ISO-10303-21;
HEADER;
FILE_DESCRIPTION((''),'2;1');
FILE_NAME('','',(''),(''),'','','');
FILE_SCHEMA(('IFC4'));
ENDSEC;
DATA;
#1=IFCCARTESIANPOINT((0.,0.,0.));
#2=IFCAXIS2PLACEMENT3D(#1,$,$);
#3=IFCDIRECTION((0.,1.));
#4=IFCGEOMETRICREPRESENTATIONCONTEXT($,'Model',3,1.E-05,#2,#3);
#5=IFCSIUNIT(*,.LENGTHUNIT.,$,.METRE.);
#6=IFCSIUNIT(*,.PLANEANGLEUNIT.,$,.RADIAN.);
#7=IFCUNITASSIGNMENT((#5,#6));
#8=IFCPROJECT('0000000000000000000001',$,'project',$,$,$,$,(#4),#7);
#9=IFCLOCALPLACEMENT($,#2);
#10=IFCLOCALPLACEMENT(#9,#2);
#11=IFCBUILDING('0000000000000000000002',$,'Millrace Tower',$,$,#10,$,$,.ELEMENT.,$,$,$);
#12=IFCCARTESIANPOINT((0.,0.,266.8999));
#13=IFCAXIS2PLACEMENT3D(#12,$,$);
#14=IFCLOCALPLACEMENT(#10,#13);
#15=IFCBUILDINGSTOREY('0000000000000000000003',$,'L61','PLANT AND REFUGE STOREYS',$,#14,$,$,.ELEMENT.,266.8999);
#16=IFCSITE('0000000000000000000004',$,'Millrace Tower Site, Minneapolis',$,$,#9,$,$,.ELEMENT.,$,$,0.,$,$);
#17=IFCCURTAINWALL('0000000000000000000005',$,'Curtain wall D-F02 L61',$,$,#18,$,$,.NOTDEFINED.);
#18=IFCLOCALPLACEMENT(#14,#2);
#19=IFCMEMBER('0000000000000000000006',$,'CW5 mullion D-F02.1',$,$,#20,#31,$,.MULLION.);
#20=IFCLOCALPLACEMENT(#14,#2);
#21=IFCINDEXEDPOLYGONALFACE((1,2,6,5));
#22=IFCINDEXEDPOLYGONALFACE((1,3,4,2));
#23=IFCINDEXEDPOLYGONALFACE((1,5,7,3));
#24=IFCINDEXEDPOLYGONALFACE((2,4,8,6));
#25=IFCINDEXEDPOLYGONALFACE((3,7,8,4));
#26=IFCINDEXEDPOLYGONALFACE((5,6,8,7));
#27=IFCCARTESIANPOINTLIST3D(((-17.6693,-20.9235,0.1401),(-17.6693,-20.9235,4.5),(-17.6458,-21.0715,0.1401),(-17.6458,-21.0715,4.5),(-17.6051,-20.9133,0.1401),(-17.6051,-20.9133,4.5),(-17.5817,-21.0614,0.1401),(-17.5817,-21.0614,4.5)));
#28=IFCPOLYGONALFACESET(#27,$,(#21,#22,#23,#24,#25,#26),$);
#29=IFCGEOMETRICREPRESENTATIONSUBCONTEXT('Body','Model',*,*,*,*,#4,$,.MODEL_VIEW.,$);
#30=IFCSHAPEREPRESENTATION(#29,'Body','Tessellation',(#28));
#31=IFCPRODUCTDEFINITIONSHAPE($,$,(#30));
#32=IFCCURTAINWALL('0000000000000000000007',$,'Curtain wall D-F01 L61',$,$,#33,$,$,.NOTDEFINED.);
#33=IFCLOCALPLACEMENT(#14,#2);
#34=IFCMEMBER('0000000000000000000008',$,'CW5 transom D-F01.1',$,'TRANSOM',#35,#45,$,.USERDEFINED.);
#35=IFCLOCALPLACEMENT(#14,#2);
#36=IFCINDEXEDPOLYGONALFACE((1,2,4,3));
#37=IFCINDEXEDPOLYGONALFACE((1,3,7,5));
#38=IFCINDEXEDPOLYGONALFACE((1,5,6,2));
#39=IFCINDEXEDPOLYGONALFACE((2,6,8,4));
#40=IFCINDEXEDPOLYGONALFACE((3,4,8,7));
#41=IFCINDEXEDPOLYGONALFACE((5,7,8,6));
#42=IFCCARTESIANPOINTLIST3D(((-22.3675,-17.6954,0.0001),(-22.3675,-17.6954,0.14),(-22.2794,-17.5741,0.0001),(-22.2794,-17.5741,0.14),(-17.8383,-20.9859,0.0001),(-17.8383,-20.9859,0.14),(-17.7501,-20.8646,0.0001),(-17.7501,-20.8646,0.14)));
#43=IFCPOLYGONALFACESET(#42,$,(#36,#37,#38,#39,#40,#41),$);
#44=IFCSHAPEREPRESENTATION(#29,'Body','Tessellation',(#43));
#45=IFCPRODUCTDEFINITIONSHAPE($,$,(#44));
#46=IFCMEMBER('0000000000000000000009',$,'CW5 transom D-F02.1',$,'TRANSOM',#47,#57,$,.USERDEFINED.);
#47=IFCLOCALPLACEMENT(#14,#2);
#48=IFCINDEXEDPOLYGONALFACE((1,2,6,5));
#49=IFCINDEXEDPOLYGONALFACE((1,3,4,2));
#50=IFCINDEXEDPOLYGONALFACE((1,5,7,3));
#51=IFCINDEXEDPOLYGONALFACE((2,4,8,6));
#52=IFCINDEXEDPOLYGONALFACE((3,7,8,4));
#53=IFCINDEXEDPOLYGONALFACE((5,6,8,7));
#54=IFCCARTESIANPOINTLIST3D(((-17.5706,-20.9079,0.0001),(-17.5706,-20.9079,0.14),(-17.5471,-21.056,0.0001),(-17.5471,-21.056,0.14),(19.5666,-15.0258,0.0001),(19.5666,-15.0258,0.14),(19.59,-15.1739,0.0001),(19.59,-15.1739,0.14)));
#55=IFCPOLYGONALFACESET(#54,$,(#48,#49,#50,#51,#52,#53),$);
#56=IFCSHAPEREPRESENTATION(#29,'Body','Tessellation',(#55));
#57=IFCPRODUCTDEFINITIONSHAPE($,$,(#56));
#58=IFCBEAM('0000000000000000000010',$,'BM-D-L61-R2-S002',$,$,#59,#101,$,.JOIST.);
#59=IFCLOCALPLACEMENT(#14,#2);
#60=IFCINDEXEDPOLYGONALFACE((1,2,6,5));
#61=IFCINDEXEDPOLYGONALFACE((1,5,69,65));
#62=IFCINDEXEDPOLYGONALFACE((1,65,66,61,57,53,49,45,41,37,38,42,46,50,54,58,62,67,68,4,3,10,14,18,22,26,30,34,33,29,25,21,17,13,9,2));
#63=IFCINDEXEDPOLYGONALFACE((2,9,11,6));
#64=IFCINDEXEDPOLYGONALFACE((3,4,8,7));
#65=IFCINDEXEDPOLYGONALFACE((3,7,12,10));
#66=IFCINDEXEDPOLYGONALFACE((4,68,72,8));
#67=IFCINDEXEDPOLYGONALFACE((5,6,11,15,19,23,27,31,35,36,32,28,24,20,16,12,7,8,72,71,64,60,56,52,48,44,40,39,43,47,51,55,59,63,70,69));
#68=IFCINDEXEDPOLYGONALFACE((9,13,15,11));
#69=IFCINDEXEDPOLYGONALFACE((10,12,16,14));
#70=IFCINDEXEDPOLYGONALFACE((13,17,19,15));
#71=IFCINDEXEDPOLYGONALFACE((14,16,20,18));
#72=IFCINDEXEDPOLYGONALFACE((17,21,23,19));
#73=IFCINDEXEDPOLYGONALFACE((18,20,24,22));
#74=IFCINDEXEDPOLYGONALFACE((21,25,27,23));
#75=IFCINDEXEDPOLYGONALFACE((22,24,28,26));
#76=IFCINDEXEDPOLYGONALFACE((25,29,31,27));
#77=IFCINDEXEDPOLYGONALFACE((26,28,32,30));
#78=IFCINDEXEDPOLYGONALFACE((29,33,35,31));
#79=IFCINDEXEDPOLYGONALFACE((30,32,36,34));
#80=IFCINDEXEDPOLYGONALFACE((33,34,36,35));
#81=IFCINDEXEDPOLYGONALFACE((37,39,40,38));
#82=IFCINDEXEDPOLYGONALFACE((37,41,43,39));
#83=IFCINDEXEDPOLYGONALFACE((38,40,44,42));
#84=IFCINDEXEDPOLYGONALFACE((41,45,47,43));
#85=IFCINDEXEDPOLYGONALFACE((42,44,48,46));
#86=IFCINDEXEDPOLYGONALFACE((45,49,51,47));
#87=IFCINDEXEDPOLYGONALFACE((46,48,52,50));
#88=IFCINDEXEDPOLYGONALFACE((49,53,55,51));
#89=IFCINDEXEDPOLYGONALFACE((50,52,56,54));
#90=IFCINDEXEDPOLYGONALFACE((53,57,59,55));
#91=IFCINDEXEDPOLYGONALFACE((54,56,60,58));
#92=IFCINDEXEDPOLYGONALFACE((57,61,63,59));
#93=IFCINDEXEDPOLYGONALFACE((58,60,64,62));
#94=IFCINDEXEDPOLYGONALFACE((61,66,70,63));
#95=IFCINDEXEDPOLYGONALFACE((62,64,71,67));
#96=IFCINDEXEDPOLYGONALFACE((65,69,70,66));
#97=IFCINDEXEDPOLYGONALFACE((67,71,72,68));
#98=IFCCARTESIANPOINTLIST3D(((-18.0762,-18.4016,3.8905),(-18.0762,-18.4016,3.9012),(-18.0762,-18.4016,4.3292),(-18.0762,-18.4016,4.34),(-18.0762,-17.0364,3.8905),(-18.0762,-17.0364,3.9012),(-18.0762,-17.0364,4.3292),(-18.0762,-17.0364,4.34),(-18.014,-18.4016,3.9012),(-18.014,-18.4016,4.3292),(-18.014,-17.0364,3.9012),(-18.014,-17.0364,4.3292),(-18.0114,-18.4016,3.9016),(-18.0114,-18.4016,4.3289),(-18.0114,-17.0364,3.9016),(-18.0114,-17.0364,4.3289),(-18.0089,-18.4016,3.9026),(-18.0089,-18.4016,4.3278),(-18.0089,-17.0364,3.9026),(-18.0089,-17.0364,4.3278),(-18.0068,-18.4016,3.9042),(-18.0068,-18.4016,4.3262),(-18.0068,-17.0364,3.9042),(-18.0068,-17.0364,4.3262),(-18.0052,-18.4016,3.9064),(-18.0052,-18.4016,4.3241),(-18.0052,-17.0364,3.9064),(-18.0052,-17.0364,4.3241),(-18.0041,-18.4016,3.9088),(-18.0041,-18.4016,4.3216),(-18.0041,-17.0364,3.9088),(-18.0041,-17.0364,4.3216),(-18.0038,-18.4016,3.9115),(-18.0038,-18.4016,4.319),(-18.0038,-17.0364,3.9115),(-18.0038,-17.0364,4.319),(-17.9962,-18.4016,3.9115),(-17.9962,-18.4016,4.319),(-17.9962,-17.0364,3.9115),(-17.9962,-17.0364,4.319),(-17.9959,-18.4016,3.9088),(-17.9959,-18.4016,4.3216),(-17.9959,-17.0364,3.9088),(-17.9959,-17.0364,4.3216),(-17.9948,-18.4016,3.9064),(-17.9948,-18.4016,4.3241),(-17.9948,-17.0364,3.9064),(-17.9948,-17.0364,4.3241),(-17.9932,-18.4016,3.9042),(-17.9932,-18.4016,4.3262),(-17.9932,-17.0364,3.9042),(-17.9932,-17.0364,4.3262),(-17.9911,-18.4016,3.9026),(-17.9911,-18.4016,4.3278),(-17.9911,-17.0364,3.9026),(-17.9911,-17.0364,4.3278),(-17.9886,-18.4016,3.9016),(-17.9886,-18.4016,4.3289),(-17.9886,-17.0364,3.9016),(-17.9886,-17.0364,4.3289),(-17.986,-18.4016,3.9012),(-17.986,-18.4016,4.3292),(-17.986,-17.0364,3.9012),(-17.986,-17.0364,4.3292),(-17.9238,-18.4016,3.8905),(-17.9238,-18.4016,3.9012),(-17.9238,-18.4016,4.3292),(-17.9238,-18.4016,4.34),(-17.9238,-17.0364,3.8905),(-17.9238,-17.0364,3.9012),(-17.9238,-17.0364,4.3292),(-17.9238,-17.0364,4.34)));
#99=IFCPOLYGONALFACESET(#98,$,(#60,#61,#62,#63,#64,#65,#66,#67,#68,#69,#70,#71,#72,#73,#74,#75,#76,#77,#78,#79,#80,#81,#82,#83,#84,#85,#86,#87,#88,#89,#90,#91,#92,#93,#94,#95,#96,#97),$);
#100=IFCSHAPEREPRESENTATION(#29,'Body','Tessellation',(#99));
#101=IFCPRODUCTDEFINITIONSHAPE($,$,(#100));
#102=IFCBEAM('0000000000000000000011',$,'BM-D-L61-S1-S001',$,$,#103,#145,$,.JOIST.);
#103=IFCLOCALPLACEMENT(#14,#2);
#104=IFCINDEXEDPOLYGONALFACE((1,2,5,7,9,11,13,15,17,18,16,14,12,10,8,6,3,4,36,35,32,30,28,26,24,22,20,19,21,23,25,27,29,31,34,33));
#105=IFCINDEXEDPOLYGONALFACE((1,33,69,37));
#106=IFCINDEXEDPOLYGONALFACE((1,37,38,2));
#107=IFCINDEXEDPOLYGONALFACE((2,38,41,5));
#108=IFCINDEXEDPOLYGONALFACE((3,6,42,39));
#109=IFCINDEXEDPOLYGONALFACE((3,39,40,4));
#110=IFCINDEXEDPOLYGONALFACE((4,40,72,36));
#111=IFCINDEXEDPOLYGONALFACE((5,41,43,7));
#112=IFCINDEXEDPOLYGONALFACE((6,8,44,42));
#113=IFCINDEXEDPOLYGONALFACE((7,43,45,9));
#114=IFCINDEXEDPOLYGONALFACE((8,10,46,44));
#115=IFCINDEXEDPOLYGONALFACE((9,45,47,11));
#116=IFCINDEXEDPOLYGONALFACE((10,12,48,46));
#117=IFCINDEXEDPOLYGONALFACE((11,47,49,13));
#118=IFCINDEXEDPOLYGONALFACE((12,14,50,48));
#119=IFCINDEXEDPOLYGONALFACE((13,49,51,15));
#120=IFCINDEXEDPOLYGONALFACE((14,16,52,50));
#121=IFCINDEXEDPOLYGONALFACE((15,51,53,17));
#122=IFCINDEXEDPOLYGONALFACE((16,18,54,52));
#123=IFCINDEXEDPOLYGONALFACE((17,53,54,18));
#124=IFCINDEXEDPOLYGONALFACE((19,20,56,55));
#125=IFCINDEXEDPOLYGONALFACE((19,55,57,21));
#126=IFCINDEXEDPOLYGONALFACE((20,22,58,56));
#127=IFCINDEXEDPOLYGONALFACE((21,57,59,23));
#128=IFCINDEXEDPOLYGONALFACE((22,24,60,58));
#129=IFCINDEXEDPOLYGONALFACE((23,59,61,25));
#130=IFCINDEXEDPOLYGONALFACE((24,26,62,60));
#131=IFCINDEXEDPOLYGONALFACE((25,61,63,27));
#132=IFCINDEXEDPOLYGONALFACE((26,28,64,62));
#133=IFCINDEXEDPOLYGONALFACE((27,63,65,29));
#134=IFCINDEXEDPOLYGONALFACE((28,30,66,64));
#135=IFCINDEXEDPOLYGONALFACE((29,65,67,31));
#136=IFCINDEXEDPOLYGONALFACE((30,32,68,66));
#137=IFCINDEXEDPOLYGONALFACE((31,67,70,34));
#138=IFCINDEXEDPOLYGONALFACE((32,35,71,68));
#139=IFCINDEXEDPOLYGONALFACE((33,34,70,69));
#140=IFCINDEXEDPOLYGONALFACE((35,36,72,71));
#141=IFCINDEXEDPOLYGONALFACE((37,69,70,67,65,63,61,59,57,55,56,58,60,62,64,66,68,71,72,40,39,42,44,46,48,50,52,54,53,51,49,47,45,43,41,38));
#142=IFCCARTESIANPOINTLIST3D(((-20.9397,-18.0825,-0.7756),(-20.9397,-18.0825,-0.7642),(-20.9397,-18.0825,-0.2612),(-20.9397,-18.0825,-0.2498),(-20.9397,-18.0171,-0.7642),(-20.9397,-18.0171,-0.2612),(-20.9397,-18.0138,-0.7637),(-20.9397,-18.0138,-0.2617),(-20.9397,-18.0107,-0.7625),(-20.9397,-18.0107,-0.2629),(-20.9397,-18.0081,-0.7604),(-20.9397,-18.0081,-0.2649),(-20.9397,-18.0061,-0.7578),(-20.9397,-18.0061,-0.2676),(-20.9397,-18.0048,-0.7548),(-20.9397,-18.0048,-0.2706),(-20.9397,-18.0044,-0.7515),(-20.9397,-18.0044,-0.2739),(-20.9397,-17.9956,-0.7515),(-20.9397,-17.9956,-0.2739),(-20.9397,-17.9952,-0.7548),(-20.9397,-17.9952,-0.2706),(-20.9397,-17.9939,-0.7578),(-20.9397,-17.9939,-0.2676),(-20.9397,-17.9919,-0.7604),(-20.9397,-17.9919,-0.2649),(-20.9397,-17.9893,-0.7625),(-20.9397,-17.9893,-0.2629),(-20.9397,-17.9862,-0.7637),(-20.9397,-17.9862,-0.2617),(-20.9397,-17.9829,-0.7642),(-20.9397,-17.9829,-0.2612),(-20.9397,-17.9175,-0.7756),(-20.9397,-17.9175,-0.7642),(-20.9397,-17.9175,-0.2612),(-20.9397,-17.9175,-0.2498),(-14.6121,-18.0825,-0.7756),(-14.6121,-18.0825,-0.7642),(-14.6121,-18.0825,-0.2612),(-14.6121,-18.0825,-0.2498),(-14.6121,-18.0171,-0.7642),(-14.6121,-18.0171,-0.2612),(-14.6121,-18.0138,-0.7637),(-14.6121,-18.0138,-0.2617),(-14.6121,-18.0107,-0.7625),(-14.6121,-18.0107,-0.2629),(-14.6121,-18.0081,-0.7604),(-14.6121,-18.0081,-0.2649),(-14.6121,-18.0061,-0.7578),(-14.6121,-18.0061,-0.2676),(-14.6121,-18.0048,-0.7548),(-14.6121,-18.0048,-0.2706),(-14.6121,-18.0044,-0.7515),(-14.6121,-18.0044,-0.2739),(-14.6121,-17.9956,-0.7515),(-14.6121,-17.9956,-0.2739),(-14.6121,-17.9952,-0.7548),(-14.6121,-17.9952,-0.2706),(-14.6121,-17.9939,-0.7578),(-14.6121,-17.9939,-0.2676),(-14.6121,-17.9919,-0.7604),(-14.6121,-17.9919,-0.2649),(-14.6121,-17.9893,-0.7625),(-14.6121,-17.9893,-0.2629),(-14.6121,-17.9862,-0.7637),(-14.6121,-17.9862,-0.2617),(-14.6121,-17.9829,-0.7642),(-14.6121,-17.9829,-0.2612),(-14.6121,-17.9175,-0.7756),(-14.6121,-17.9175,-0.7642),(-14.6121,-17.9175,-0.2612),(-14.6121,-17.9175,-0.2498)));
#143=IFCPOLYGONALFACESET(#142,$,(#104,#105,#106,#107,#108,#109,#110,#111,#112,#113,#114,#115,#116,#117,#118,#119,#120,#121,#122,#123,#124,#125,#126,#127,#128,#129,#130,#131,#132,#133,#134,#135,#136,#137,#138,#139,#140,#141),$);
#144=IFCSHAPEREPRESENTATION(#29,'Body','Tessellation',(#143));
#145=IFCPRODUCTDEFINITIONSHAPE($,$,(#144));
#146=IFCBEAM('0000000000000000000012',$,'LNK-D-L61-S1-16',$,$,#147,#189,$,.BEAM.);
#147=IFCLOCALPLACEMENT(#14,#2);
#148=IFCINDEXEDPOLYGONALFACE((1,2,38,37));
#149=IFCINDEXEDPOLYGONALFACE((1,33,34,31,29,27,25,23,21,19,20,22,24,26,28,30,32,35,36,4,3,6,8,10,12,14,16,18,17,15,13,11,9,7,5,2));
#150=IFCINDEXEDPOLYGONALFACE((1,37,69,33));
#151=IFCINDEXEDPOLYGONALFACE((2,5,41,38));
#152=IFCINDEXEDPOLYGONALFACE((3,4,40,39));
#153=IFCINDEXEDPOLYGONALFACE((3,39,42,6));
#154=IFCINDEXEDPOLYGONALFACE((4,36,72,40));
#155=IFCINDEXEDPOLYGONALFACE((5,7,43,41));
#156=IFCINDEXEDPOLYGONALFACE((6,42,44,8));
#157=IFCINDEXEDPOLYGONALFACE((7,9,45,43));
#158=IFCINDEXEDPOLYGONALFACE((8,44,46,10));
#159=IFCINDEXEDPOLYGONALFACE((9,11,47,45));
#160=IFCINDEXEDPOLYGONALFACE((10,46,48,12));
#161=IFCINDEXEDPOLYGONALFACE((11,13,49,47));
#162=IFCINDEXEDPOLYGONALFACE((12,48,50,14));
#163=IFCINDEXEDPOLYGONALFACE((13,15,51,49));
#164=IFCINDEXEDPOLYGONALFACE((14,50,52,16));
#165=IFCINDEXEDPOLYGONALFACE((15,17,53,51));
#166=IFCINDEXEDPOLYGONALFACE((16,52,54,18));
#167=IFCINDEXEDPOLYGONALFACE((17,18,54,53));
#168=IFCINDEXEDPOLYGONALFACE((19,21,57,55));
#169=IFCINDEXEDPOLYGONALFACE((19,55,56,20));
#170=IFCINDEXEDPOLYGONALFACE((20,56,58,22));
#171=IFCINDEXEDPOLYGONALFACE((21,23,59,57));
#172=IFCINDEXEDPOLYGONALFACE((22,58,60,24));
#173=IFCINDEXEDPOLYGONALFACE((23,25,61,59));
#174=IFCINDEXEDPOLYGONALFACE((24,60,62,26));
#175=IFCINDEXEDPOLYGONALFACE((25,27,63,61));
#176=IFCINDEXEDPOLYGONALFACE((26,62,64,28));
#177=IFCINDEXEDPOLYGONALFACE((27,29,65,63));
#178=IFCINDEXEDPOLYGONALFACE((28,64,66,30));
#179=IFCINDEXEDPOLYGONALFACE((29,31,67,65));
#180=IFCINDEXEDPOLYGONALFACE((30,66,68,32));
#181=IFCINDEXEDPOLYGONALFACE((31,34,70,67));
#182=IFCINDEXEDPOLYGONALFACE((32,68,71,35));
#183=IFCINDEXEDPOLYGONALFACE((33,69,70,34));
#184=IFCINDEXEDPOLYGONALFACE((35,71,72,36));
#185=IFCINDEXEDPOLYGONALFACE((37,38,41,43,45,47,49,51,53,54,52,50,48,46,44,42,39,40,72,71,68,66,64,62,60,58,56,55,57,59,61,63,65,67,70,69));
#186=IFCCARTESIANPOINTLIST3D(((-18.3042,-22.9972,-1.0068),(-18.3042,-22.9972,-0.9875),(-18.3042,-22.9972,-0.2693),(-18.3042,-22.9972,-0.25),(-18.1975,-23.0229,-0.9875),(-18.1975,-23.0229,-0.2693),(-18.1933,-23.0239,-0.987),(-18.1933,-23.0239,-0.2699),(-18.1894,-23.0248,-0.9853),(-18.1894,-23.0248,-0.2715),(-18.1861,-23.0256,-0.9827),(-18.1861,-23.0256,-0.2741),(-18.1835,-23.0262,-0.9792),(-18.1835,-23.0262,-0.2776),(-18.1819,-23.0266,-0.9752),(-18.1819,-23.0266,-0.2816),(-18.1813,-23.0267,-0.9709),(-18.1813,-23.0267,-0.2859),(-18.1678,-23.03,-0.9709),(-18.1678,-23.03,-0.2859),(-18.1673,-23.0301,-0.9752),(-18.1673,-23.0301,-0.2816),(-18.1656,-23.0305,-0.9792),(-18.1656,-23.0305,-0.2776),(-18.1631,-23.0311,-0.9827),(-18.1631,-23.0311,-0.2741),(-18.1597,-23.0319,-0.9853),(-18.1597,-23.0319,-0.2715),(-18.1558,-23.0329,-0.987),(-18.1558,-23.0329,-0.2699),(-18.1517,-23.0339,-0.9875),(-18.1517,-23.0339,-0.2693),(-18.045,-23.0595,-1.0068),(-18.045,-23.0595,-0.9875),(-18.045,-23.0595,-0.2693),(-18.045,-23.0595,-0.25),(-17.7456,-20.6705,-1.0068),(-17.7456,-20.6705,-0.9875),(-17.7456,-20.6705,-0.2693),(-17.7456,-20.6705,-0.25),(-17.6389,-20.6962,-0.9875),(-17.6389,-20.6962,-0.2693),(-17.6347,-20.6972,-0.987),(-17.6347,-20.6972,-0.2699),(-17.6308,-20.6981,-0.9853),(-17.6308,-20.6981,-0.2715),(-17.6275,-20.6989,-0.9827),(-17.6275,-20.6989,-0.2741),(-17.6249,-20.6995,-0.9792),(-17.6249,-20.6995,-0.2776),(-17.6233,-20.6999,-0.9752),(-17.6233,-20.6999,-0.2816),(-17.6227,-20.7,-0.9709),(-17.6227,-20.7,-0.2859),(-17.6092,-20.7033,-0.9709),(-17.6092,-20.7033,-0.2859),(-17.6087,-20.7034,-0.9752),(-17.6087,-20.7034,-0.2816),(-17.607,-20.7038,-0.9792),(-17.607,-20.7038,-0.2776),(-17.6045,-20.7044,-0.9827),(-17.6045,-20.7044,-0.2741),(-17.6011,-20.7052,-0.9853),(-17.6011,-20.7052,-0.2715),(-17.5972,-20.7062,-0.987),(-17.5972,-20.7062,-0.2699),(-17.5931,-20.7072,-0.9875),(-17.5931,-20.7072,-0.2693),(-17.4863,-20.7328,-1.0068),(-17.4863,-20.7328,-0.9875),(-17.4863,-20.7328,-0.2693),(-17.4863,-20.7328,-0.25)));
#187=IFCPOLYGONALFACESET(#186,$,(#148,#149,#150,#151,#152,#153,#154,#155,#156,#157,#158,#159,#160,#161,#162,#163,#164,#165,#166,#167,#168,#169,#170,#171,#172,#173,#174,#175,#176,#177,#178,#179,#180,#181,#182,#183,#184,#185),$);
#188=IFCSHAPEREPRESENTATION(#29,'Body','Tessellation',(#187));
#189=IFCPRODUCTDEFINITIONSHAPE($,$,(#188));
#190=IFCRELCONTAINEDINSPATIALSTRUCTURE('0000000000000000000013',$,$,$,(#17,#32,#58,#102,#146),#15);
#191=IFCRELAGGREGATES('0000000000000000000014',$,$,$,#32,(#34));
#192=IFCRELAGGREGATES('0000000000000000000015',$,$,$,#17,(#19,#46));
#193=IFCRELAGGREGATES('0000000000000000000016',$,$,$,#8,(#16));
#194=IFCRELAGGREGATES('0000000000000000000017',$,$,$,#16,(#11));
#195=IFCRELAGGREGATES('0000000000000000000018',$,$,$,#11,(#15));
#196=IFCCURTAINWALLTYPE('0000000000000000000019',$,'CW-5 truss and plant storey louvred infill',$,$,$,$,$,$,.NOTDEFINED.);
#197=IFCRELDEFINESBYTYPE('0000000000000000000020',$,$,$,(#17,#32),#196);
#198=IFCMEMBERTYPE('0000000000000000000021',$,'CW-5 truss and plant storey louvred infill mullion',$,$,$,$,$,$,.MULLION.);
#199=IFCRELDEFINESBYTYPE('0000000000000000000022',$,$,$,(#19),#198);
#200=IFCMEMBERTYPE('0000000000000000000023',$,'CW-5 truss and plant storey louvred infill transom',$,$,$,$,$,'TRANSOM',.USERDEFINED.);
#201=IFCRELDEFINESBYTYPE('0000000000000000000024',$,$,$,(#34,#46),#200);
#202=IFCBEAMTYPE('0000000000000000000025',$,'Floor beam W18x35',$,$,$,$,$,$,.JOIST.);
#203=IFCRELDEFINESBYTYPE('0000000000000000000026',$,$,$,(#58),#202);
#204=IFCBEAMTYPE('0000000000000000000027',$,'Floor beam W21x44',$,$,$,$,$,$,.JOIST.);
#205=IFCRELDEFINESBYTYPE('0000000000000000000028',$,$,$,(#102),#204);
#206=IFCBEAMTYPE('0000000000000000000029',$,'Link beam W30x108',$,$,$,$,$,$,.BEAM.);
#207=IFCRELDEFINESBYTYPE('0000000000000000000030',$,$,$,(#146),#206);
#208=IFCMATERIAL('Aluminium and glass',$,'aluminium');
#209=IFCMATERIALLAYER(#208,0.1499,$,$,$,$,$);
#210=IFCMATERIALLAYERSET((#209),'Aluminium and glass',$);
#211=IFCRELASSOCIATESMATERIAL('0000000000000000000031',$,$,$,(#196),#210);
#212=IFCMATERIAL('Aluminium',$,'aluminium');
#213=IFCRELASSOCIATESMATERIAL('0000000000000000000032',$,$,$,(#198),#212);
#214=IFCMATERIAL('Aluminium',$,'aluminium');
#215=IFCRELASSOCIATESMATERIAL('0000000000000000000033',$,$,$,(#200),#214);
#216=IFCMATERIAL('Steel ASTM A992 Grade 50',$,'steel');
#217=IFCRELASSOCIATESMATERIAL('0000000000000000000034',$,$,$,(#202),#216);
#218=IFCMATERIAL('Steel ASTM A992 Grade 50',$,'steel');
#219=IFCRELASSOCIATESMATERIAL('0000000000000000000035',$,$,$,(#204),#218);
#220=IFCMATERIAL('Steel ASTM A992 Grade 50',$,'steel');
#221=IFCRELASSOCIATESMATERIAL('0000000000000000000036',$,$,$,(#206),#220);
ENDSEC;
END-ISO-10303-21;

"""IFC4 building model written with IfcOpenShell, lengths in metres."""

from ifc_helpers import new_model, si_unit, direction, frame, origin, origin_2d, place, context, subcontext, project, spatial, rectangle, i_section, extrude, material, layer, layer_set, material_profile, profile_set, type_object, element, aggregate, save


model = new_model("IFC4")

# Units and contexts
model_context = context("Model", 3, precision=1e-05, world=origin(), true_north=direction((0.0, 1.0)))
body_context = subcontext(model_context, "Body", "Model", "MODEL_VIEW")
ifc_project = project(units=[si_unit("LENGTHUNIT", "METRE"), si_unit("PLANEANGLEUNIT", "RADIAN")], contexts=[model_context])

# Site, building, storey
site_placement = place(None, origin())
site = spatial("IfcSite", under=ifc_project, at=site_placement, Name="Millrace Tower Site, Minneapolis", CompositionType="ELEMENT", RefElevation=0.0)
building_placement = place(site_placement, origin())
building = spatial("IfcBuilding", under=site, at=building_placement, Name="Millrace Tower", CompositionType="ELEMENT")
storey_placement = place(building_placement, frame((0.0, 0.0, 266.8999)))
storey = spatial("IfcBuildingStorey", under=building, at=storey_placement, Name="L61", Description="PLANT AND REFUGE STOREYS", CompositionType="ELEMENT", Elevation=266.8999)

# Curtain walls, members
ifc_material_1 = material(Name="Aluminium and glass", Category="aluminium")
ifc_layer_1 = layer(ifc_material_1, 0.1499)
ifc_layer_set_1 = layer_set([ifc_layer_1], Name="Aluminium and glass")
curtain_wall_type = type_object("IfcCurtainWallType", Name="CW-5 truss and plant storey louvred infill", PredefinedType="NOTDEFINED", material=ifc_layer_set_1)
placement = place(storey_placement, origin())
curtain_wall_1 = element("IfcCurtainWall", 1, at=placement, inside=storey, type_object=curtain_wall_type, Name="Curtain wall D-F02 L61", PredefinedType="NOTDEFINED")
ifc_material_2 = material(Name="Aluminium", Category="aluminium")
ifc_material_profile_1 = material_profile(ifc_material_2, rectangle(XDim=0.0649, YDim=0.1499, at=origin_2d()))
ifc_profile_set_1 = profile_set([ifc_material_profile_1], Name="Aluminium")
member_type_1 = type_object("IfcMemberType", Name="CW-5 truss and plant storey louvred infill mullion", PredefinedType="MULLION", material=ifc_profile_set_1)
member_1_placement = place(storey_placement, frame((-17.6255, -20.9924, 0.1401), z_axis=(0.0, 0.0, 1.0), x_axis=(0.987688, 0.156434, 0.0)))
member_1 = element("IfcMember", 2, at=member_1_placement, type_object=member_type_1, Name="CW5 mullion D-F02.1", PredefinedType="MULLION", context=body_context, shape_type="SweptSolid", body=[
    extrude(rectangle(XDim=0.0649, YDim=0.1499, at=origin_2d()), origin(), (0.0, 0.0, 1.0), 4.3599),
])
curtain_wall_2 = element("IfcCurtainWall", 3, at=placement, inside=storey, type_object=curtain_wall_type, Name="Curtain wall D-F01 L61", PredefinedType="NOTDEFINED")
ifc_material_3 = material(Name="Aluminium", Category="aluminium")
ifc_material_profile_2 = material_profile(ifc_material_3, rectangle(XDim=0.1499, YDim=0.1399, at=origin_2d()))
ifc_profile_set_2 = profile_set([ifc_material_profile_2], Name="Aluminium")
member_type_2 = type_object("IfcMemberType", Name="CW-5 truss and plant storey louvred infill transom", ElementType="TRANSOM", PredefinedType="USERDEFINED", material=ifc_profile_set_2)
member_2_placement = place(storey_placement, frame((-22.3235, -17.6348, 0.0701), z_axis=(0.809034, -0.587762, 0.0), x_axis=(0.587762, 0.809034, 0.0)))
member_2 = element("IfcMember", 4, at=member_2_placement, type_object=member_type_2, Name="CW5 transom D-F01.1", ObjectType="TRANSOM", PredefinedType="USERDEFINED", context=body_context, shape_type="SweptSolid", body=[
    extrude(rectangle(XDim=0.1499, YDim=0.1399, at=origin_2d()), origin(), (0.0, 0.0, 1.0), 5.5984),
])
aggregate(curtain_wall_2, [member_2])

# Member
member_3_placement = place(storey_placement, frame((-17.5588, -20.9819, 0.0701), z_axis=(0.987688, 0.156438, 0.0), x_axis=(-0.156438, 0.987688, 0.0)))
member_3 = element("IfcMember", 5, at=member_3_placement, type_object=member_type_2, Name="CW5 transom D-F02.1", ObjectType="TRANSOM", PredefinedType="USERDEFINED", context=body_context, shape_type="SweptSolid", body=[
    extrude(rectangle(XDim=0.1499, YDim=0.1399, at=origin_2d()), origin(), (0.0, 0.0, 1.0), 37.6001),
])
aggregate(curtain_wall_1, [member_1, member_3])

# Beams
ifc_material_4 = material(Name="Steel ASTM A992 Grade 50", Category="steel")
ifc_material_profile_3 = material_profile(ifc_material_4, i_section(OverallWidth=0.1523, OverallDepth=0.4495, WebThickness=0.0076, FlangeThickness=0.0107, FilletRadius=0.0103, at=origin_2d()))
ifc_profile_set_3 = profile_set([ifc_material_profile_3], Name="Steel ASTM A992 Grade 50")
beam_type_1 = type_object("IfcBeamType", Name="Floor beam W18x35", PredefinedType="JOIST", material=ifc_profile_set_3)
beam_1_placement = place(storey_placement, frame((-18.0, -18.4016, 4.1152), z_axis=(0.0, 1.0, 0.0), x_axis=(-1.0, 0.0, 0.0)))
element("IfcBeam", 6, at=beam_1_placement, inside=storey, type_object=beam_type_1, Name="BM-D-L61-R2-S002", PredefinedType="JOIST", context=body_context, shape_type="SweptSolid", body=[
    extrude(i_section(OverallWidth=0.1523, OverallDepth=0.4495, WebThickness=0.0076, FlangeThickness=0.0107, FilletRadius=0.0103, at=origin_2d()), origin(), (0.0, 0.0, 1.0), 1.3652),
])
ifc_material_5 = material(Name="Steel ASTM A992 Grade 50", Category="steel")
ifc_material_profile_4 = material_profile(ifc_material_5, i_section(OverallWidth=0.165, OverallDepth=0.5259, WebThickness=0.0088, FlangeThickness=0.0115, FilletRadius=0.0127, at=origin_2d()))
ifc_profile_set_4 = profile_set([ifc_material_profile_4], Name="Steel ASTM A992 Grade 50")
beam_type_2 = type_object("IfcBeamType", Name="Floor beam W21x44", PredefinedType="JOIST", material=ifc_profile_set_4)
beam_2_placement = place(storey_placement, frame((-20.9397, -18.0, -0.5127), z_axis=(1.0, 0.0, 0.0), x_axis=(0.0, 1.0, 0.0)))
element("IfcBeam", 7, at=beam_2_placement, inside=storey, type_object=beam_type_2, Name="BM-D-L61-S1-S001", PredefinedType="JOIST", context=body_context, shape_type="SweptSolid", body=[
    extrude(i_section(OverallWidth=0.165, OverallDepth=0.5259, WebThickness=0.0088, FlangeThickness=0.0115, FilletRadius=0.0127, at=origin_2d()), origin(), (0.0, 0.0, 1.0), 6.3276),
])
ifc_material_6 = material(Name="Steel ASTM A992 Grade 50", Category="steel")
ifc_material_profile_5 = material_profile(ifc_material_6, i_section(OverallWidth=0.2666, OverallDepth=0.7568, WebThickness=0.0139, FlangeThickness=0.0193, FilletRadius=0.0166, at=origin_2d()))
ifc_profile_set_5 = profile_set([ifc_material_profile_5], Name="Steel ASTM A992 Grade 50")
beam_type_3 = type_object("IfcBeamType", Name="Link beam W30x108", PredefinedType="BEAM", material=ifc_profile_set_5)
beam_3_placement = place(storey_placement, frame((-17.616, -20.7017, -0.6284), z_axis=(-0.23345, -0.972369, 0.0), x_axis=(0.972369, -0.23345, 0.0)))
element("IfcBeam", 8, at=beam_3_placement, inside=storey, type_object=beam_type_3, Name="LNK-D-L61-S1-16", PredefinedType="BEAM", context=body_context, shape_type="SweptSolid", body=[
    extrude(i_section(OverallWidth=0.2666, OverallDepth=0.7568, WebThickness=0.0139, FlangeThickness=0.0193, FilletRadius=0.0166, at=origin_2d()), origin(), (0.0, 0.0, 1.0), 2.3928),
])

save(model, "model.ifc")
